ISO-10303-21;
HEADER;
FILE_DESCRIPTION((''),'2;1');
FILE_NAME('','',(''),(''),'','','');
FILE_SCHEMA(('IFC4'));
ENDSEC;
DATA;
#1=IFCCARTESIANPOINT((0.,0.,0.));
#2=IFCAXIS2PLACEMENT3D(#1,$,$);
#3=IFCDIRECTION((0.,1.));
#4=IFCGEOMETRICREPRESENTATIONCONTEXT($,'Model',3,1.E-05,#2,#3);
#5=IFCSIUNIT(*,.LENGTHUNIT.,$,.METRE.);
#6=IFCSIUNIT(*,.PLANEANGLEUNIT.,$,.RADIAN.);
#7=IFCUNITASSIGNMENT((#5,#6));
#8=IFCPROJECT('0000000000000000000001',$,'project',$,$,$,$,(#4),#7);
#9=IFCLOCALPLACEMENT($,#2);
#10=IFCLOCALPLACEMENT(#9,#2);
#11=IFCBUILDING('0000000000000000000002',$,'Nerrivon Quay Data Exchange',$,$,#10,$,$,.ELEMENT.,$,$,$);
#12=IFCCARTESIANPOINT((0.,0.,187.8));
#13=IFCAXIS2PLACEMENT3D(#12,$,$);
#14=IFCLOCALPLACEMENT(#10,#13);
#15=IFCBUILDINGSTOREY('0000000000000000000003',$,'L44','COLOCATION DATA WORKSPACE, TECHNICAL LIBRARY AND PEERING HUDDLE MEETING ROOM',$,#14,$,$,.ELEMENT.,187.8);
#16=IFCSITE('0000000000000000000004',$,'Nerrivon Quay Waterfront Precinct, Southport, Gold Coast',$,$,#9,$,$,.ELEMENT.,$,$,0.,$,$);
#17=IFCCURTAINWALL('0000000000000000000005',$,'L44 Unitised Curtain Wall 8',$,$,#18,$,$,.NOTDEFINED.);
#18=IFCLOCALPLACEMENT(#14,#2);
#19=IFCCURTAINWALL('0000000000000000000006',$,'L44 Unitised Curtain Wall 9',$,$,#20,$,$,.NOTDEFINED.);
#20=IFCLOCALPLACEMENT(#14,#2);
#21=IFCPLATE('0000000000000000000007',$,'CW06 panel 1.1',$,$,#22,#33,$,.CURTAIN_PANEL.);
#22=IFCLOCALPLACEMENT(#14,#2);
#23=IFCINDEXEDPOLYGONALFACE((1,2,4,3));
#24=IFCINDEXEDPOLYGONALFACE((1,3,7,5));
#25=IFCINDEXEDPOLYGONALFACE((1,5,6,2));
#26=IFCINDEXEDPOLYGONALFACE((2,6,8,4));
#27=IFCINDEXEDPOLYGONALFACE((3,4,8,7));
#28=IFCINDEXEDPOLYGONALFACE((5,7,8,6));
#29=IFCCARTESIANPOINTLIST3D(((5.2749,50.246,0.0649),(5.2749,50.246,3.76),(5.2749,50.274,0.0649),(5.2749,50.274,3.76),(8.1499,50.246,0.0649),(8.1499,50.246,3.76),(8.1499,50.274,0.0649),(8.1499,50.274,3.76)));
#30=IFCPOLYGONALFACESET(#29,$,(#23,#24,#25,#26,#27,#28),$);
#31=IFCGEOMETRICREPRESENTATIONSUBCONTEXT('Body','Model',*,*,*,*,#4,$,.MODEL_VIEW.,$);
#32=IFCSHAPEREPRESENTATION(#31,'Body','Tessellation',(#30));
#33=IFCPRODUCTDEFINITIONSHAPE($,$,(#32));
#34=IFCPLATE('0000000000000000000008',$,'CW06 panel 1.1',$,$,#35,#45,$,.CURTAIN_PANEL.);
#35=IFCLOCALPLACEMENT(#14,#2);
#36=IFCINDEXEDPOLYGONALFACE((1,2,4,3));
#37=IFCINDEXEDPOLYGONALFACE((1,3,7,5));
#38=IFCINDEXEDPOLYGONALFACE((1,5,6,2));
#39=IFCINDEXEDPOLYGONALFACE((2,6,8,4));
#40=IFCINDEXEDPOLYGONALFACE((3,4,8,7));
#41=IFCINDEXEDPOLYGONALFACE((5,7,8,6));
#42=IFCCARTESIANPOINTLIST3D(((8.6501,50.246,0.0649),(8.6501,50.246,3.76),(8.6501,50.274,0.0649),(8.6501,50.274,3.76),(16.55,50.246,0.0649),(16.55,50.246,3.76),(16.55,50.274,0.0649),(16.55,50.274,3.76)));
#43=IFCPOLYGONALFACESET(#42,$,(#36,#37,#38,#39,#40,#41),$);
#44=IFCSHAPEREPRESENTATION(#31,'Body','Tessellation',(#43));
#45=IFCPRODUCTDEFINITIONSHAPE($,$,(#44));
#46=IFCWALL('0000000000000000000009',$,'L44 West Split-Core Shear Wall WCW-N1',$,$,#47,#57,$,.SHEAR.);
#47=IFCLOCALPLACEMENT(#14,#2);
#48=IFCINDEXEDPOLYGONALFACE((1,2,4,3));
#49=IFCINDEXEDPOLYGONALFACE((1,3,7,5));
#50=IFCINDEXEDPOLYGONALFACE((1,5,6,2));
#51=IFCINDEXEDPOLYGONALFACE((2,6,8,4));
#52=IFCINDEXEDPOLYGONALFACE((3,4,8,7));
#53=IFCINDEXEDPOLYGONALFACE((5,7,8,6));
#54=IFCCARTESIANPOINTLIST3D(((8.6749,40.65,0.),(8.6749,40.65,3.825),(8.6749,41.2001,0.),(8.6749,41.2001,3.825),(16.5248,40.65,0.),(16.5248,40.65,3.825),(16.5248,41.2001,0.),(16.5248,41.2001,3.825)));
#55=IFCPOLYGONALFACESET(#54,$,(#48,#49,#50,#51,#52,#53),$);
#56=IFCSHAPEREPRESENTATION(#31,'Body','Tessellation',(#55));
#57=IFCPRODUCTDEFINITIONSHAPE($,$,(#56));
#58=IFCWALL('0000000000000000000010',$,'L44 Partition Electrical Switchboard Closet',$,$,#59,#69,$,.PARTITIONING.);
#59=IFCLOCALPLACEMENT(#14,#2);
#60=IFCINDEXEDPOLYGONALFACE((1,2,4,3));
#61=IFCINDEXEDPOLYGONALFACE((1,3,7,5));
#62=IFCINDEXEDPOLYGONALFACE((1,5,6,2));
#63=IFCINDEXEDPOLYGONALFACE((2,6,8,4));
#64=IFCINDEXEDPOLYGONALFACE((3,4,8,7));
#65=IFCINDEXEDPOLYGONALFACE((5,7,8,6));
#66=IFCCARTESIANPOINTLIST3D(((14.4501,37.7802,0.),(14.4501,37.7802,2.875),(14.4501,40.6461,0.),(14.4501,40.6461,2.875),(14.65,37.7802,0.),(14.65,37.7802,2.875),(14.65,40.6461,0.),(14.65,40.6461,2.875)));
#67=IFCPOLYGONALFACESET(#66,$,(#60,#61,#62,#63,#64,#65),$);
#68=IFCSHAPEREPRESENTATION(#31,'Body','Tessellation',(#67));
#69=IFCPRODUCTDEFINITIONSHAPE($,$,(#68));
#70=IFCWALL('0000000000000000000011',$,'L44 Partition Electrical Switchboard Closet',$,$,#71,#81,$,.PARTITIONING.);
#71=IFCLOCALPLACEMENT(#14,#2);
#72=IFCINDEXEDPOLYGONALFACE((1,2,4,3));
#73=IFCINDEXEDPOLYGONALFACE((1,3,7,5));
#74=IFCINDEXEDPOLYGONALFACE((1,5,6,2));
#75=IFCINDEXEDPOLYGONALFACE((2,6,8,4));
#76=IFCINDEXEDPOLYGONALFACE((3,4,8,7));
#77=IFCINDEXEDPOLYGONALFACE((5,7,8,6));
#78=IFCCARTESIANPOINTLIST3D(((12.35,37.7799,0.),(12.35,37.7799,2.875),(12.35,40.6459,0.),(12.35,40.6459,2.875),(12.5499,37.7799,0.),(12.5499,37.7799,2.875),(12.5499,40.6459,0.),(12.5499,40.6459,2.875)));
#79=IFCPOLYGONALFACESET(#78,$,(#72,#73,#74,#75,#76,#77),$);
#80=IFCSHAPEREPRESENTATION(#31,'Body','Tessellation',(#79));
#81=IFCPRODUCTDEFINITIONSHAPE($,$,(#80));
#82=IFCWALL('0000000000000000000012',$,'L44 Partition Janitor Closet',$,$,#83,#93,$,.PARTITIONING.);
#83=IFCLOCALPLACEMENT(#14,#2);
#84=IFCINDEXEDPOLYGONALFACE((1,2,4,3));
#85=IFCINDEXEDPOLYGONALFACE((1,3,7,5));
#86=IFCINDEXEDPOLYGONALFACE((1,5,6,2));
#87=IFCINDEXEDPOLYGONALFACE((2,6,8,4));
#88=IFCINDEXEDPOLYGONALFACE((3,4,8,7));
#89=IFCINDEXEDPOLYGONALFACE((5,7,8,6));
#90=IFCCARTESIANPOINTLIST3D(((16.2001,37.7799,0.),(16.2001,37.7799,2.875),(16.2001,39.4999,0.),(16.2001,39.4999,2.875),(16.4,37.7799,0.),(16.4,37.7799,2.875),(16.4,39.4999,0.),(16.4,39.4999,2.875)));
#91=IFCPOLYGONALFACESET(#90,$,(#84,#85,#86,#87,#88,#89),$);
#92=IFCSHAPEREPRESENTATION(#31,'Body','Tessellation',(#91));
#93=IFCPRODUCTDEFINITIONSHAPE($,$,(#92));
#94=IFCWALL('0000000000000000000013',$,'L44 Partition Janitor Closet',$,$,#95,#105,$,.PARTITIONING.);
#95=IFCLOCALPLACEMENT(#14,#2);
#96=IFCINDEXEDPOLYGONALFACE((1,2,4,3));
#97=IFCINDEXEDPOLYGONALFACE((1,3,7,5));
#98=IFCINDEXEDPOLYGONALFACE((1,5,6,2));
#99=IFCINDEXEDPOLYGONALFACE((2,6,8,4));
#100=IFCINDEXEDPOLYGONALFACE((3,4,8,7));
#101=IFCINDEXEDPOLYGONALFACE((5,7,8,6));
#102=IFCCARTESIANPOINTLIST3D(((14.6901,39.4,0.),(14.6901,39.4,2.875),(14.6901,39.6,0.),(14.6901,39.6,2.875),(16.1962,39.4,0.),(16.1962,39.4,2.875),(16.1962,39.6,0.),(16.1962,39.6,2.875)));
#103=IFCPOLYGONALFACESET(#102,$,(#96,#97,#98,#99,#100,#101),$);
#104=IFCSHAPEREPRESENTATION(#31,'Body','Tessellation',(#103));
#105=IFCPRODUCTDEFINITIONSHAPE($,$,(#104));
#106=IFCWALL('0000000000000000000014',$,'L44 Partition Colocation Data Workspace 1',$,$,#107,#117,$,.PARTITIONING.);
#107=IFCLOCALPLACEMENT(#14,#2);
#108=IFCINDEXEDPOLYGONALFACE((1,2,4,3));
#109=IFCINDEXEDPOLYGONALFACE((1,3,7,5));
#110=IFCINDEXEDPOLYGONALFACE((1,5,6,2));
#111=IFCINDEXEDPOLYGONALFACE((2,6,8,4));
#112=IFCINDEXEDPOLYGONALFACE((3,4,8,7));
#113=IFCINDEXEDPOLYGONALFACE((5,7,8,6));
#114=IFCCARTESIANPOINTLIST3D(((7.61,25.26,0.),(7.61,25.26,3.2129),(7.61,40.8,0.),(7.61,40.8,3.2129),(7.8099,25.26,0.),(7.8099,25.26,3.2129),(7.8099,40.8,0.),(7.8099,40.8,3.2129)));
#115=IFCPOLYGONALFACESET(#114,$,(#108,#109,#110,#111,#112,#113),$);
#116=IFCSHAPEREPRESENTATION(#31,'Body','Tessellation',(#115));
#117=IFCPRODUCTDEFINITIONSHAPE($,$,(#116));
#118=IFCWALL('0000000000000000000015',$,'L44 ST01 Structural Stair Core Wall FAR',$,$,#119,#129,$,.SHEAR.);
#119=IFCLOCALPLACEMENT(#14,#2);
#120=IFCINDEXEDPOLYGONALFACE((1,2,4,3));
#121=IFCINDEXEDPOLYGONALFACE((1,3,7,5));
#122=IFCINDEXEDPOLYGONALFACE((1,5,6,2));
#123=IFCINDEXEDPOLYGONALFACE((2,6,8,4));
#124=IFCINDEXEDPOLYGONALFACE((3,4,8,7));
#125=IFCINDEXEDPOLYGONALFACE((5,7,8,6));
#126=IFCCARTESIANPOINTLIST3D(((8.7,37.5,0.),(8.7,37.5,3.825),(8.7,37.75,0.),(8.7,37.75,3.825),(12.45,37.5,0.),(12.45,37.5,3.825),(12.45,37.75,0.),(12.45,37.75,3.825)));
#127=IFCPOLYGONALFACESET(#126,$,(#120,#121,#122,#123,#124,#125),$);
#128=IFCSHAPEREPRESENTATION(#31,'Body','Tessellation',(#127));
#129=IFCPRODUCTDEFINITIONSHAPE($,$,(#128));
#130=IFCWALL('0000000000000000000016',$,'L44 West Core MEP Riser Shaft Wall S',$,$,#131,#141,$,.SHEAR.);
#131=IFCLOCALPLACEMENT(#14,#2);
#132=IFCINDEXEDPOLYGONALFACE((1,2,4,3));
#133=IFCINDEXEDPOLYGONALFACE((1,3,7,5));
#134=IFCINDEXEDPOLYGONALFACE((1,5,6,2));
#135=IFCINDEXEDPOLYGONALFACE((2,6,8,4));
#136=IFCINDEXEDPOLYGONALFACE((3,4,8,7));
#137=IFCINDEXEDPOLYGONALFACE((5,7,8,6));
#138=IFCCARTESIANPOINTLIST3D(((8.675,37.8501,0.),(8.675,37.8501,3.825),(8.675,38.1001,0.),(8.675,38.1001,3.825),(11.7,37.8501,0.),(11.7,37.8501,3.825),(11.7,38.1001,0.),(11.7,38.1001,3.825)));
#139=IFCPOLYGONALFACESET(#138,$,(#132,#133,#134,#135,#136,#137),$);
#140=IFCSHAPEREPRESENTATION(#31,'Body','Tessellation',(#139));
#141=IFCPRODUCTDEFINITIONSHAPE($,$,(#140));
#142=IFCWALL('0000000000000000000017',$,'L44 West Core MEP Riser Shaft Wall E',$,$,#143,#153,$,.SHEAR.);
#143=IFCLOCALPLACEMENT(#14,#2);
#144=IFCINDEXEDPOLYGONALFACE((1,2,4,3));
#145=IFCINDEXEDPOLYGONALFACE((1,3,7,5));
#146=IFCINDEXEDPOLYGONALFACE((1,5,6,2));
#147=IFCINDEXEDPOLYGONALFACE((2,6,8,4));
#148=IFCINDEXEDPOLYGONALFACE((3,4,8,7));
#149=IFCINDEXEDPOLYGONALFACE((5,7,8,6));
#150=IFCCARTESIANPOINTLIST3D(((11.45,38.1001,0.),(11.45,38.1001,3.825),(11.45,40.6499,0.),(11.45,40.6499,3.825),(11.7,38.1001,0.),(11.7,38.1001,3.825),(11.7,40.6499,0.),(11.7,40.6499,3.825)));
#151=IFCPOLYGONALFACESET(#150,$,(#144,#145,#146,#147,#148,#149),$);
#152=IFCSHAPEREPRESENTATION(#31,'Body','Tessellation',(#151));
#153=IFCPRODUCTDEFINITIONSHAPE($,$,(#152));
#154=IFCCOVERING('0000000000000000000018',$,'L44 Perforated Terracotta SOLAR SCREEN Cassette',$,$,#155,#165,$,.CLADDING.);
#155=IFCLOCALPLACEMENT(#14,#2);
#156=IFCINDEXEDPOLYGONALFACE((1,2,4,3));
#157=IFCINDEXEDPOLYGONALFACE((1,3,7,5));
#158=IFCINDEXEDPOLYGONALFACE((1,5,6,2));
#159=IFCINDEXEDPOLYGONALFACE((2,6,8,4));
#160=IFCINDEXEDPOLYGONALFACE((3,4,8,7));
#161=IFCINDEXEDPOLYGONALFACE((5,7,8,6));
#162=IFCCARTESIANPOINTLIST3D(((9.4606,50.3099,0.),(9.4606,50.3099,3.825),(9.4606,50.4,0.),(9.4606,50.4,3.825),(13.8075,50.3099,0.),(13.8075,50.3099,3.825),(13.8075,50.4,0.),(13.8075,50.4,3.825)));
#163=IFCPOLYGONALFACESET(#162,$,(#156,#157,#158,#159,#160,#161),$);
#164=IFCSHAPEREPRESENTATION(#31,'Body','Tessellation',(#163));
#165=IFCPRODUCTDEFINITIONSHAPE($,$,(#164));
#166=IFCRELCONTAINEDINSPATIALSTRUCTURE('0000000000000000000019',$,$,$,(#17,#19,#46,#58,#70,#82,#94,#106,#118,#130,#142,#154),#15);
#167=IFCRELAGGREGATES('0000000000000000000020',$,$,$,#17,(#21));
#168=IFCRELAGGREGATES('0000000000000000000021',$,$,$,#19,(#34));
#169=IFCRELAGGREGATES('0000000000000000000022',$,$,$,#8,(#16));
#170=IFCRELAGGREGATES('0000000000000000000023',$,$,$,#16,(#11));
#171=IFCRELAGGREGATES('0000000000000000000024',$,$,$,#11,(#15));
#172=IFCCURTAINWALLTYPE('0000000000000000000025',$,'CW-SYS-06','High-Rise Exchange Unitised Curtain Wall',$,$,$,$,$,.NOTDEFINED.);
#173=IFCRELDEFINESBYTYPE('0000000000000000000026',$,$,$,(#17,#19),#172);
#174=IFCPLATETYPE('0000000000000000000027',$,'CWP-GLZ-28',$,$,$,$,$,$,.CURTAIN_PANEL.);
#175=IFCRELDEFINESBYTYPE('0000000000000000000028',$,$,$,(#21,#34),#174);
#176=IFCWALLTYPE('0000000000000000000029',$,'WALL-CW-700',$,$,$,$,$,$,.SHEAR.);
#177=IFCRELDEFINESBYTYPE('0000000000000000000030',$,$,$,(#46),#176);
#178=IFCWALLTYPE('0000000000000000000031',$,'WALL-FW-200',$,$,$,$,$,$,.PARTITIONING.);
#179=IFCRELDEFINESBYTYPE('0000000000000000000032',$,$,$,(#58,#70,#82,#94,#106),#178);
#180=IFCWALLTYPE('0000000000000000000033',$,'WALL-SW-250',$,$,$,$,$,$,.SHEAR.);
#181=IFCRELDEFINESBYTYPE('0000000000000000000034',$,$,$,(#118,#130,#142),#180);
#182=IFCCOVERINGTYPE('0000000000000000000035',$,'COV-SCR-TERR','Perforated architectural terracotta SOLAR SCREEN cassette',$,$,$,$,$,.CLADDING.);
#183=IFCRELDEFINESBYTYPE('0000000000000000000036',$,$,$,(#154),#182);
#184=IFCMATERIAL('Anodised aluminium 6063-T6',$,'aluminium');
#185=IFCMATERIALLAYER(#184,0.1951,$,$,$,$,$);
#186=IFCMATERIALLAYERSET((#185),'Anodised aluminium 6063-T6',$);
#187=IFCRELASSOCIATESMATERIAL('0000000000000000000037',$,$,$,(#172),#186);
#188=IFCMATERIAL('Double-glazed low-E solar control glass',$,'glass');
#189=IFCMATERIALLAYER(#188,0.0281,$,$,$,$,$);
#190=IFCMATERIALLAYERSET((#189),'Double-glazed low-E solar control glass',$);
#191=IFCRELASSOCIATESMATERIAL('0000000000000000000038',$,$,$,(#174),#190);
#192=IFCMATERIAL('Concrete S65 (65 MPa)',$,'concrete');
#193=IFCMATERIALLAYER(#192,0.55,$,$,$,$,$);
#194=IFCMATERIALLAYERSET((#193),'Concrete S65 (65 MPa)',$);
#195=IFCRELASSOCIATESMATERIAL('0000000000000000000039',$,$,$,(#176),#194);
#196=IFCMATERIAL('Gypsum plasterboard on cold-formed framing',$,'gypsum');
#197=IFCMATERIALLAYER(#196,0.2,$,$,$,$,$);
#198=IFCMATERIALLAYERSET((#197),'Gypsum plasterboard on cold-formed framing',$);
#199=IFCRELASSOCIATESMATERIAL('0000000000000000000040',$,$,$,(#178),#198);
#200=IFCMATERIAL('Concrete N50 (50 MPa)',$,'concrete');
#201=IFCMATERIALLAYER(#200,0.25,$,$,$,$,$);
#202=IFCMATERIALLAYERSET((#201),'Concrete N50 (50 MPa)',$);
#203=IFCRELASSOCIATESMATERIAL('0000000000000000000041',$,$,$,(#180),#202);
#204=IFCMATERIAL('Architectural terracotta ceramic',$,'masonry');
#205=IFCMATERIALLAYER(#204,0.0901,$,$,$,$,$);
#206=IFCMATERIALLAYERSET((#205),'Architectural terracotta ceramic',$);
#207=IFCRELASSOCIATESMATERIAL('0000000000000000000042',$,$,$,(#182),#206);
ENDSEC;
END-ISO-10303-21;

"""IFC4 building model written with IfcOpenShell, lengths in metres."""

from ifc_helpers import new_model, si_unit, direction, frame, frame_2d, origin, origin_2d, place, context, subcontext, project, spatial, rectangle, extrude, material, layer, layer_set, type_object, element, aggregate, save


model = new_model("IFC4")

# Units and contexts
model_context = context("Model", 3, precision=1e-05, world=origin(), true_north=direction((0.0, 1.0)))
body_context = subcontext(model_context, "Body", "Model", "MODEL_VIEW")
ifc_project = project(units=[si_unit("LENGTHUNIT", "METRE"), si_unit("PLANEANGLEUNIT", "RADIAN")], contexts=[model_context])

# Site, building, storey
site_placement = place(None, origin())
site = spatial("IfcSite", under=ifc_project, at=site_placement, Name="Nerrivon Quay Waterfront Precinct, Southport, Gold Coast", CompositionType="ELEMENT", RefElevation=0.0)
building_placement = place(site_placement, origin())
building = spatial("IfcBuilding", under=site, at=building_placement, Name="Nerrivon Quay Data Exchange", CompositionType="ELEMENT")
storey_placement = place(building_placement, frame((0.0, 0.0, 187.8)))
storey = spatial("IfcBuildingStorey", under=building, at=storey_placement, Name="L44", Description="COLOCATION DATA WORKSPACE, TECHNICAL LIBRARY AND PEERING HUDDLE MEETING ROOM", CompositionType="ELEMENT", Elevation=187.8)

# Shared definitions
ifc_material_1 = material(Name="Concrete S65 (65 MPa)", Category="concrete")

# Shared definitions
ifc_material_2 = material(Name="Concrete N50 (50 MPa)", Category="concrete")

# Curtain wall
ifc_material_3 = material(Name="Anodised aluminium 6063-T6", Category="aluminium")
ifc_layer_1 = layer(ifc_material_3, 0.1951)
ifc_layer_set_1 = layer_set([ifc_layer_1], Name="Anodised aluminium 6063-T6")
curtain_wall_type = type_object("IfcCurtainWallType", Name="CW-SYS-06", Description="High-Rise Exchange Unitised Curtain Wall", PredefinedType="NOTDEFINED", material=ifc_layer_set_1)
curtain_wall_1_placement = place(storey_placement, origin())
curtain_wall_1 = element("IfcCurtainWall", 1, at=curtain_wall_1_placement, inside=storey, type_object=curtain_wall_type, Name="L44 Unitised Curtain Wall 8", PredefinedType="NOTDEFINED")

# Curtain wall
curtain_wall_2_placement = place(storey_placement, origin())
curtain_wall_2 = element("IfcCurtainWall", 2, at=curtain_wall_2_placement, inside=storey, type_object=curtain_wall_type, Name="L44 Unitised Curtain Wall 9", PredefinedType="NOTDEFINED")

# Plates
ifc_material_4 = material(Name="Double-glazed low-E solar control glass", Category="glass")
ifc_layer_2 = layer(ifc_material_4, 0.0281)
ifc_layer_set_2 = layer_set([ifc_layer_2], Name="Double-glazed low-E solar control glass")
plate_type = type_object("IfcPlateType", Name="CWP-GLZ-28", PredefinedType="CURTAIN_PANEL", material=ifc_layer_set_2)
plate_1_placement = place(storey_placement, frame((6.7124, 50.26, 0.0649), z_axis=(0.0, 0.0, 1.0), x_axis=(1.0, 0.0, 0.0)))
plate_1 = element("IfcPlate", 3, at=plate_1_placement, type_object=plate_type, Name="CW06 panel 1.1", PredefinedType="CURTAIN_PANEL", context=body_context, shape_type="SweptSolid", body=[
    extrude(rectangle(XDim=2.875, YDim=0.0281, at=origin_2d()), origin(), (0.0, 0.0, 1.0), 3.6951),
])
aggregate(curtain_wall_1, [plate_1])
plate_2_placement = place(storey_placement, frame((12.6001, 50.26, 0.0649), z_axis=(0.0, 0.0, 1.0), x_axis=(1.0, 0.0, 0.0)))
plate_2 = element("IfcPlate", 4, at=plate_2_placement, type_object=plate_type, Name="CW06 panel 1.1", PredefinedType="CURTAIN_PANEL", context=body_context, shape_type="SweptSolid", body=[
    extrude(rectangle(XDim=7.8999, YDim=0.0281, at=origin_2d()), origin(), (0.0, 0.0, 1.0), 3.6951),
])
aggregate(curtain_wall_2, [plate_2])

# Walls
ifc_layer_3 = layer(ifc_material_1, 0.55)
ifc_layer_set_3 = layer_set([ifc_layer_3], Name="Concrete S65 (65 MPa)")
wall_type_1 = type_object("IfcWallType", Name="WALL-CW-700", PredefinedType="SHEAR", material=ifc_layer_set_3)
wall_1_placement = place(storey_placement, frame((8.675, 40.925, 0.0), z_axis=(0.0, 0.0, 1.0), x_axis=(1.0, 0.0, 0.0)))
element("IfcWall", 5, at=wall_1_placement, inside=storey, type_object=wall_type_1, Name="L44 West Split-Core Shear Wall WCW-N1", PredefinedType="SHEAR", context=body_context, shape_type="SweptSolid", body=[
    extrude(rectangle(XDim=7.8499, YDim=0.55, at=frame_2d((3.9248, 0.0))), origin(), (0.0, 0.0, 1.0), 3.825),
])
ifc_material_5 = material(Name="Gypsum plasterboard on cold-formed framing", Category="gypsum")
ifc_layer_4 = layer(ifc_material_5, 0.2)
ifc_layer_set_4 = layer_set([ifc_layer_4], Name="Gypsum plasterboard on cold-formed framing")
wall_type_2 = type_object("IfcWallType", Name="WALL-FW-200", PredefinedType="PARTITIONING", material=ifc_layer_set_4)
for number, where, z_axis, x_axis, name in (
    (6, (14.55, 37.78, 0.0), (0.0, 0.0, 1.0), (0.0, 1.0, 0.0), "L44 Partition Electrical Switchboard Closet"),
    (7, (12.45, 40.646, 0.0), (0.0, 0.0, 1.0), (0.0, -1.0, 0.0), "L44 Partition Electrical Switchboard Closet"),
):
    element("IfcWall", number, at=place(storey_placement, frame(where, z_axis=z_axis, x_axis=x_axis)), inside=storey, type_object=wall_type_2, Name=name, PredefinedType="PARTITIONING", context=body_context, shape_type="SweptSolid", body=[
        extrude(rectangle(XDim=2.866, YDim=0.2, at=frame_2d((1.4331, 0.0))), origin(), (0.0, 0.0, 1.0), 2.875),
    ])
wall_2_placement = place(storey_placement, frame((16.3, 37.78, 0.0), z_axis=(0.0, 0.0, 1.0), x_axis=(0.0, 1.0, 0.0)))
element("IfcWall", 8, at=wall_2_placement, inside=storey, type_object=wall_type_2, Name="L44 Partition Janitor Closet", PredefinedType="PARTITIONING", context=body_context, shape_type="SweptSolid", body=[
    extrude(rectangle(XDim=1.72, YDim=0.2, at=frame_2d((0.8599, 0.0))), origin(), (0.0, 0.0, 1.0), 2.875),
])
wall_3_placement = place(storey_placement, frame((16.196, 39.5, 0.0), z_axis=(0.0, 0.0, 1.0), x_axis=(-1.0, 0.0, 0.0)))
element("IfcWall", 9, at=wall_3_placement, inside=storey, type_object=wall_type_2, Name="L44 Partition Janitor Closet", PredefinedType="PARTITIONING", context=body_context, shape_type="SweptSolid", body=[
    extrude(rectangle(XDim=1.5061, YDim=0.2, at=frame_2d((0.7529, 0.0))), origin(), (0.0, 0.0, 1.0), 2.875),
])
wall_4_placement = place(storey_placement, frame((7.71, 40.8, 0.0), z_axis=(0.0, 0.0, 1.0), x_axis=(0.0, -1.0, 0.0)))
element("IfcWall", 10, at=wall_4_placement, inside=storey, type_object=wall_type_2, Name="L44 Partition Colocation Data Workspace 1", PredefinedType="PARTITIONING", context=body_context, shape_type="SweptSolid", body=[
    extrude(rectangle(XDim=15.54, YDim=0.2, at=frame_2d((7.77, 0.0))), origin(), (0.0, 0.0, 1.0), 3.2129),
])
ifc_layer_5 = layer(ifc_material_2, 0.25)
ifc_layer_set_5 = layer_set([ifc_layer_5], Name="Concrete N50 (50 MPa)")
wall_type_3 = type_object("IfcWallType", Name="WALL-SW-250", PredefinedType="SHEAR", material=ifc_layer_set_5)
wall_5_placement = place(storey_placement, frame((12.45, 37.625, 0.0), z_axis=(0.0, 0.0, 1.0), x_axis=(-1.0, 0.0, 0.0)))
element("IfcWall", 11, at=wall_5_placement, inside=storey, type_object=wall_type_3, Name="L44 ST01 Structural Stair Core Wall FAR", PredefinedType="SHEAR", context=body_context, shape_type="SweptSolid", body=[
    extrude(rectangle(XDim=3.75, YDim=0.25, at=frame_2d((1.875, 0.0))), origin(), (0.0, 0.0, 1.0), 3.825),
])
wall_6_placement = place(storey_placement, frame((8.675, 37.9751, 0.0), z_axis=(0.0, 0.0, 1.0), x_axis=(1.0, 0.0, 0.0)))
element("IfcWall", 12, at=wall_6_placement, inside=storey, type_object=wall_type_3, Name="L44 West Core MEP Riser Shaft Wall S", PredefinedType="SHEAR", context=body_context, shape_type="SweptSolid", body=[
    extrude(rectangle(XDim=3.0249, YDim=0.25, at=frame_2d((1.5125, 0.0))), origin(), (0.0, 0.0, 1.0), 3.825),
])
wall_7_placement = place(storey_placement, frame((11.575, 38.1001, 0.0), z_axis=(0.0, 0.0, 1.0), x_axis=(0.0, 1.0, 0.0)))
element("IfcWall", 13, at=wall_7_placement, inside=storey, type_object=wall_type_3, Name="L44 West Core MEP Riser Shaft Wall E", PredefinedType="SHEAR", context=body_context, shape_type="SweptSolid", body=[
    extrude(rectangle(XDim=2.5498, YDim=0.25, at=frame_2d((1.2749, 0.0))), origin(), (0.0, 0.0, 1.0), 3.825),
])

# Covering
ifc_material_6 = material(Name="Architectural terracotta ceramic", Category="masonry")
ifc_layer_6 = layer(ifc_material_6, 0.0901)
ifc_layer_set_6 = layer_set([ifc_layer_6], Name="Architectural terracotta ceramic")
covering_type = type_object("IfcCoveringType", Name="COV-SCR-TERR", Description="Perforated architectural terracotta SOLAR SCREEN cassette", PredefinedType="CLADDING", material=ifc_layer_set_6)
covering_placement = place(storey_placement, frame((11.634, 50.355, 0.0), z_axis=(0.0, 0.0, 1.0), x_axis=(1.0, 0.0, 0.0)))
element("IfcCovering", 14, at=covering_placement, inside=storey, type_object=covering_type, Name="L44 Perforated Terracotta SOLAR SCREEN Cassette", PredefinedType="CLADDING", context=body_context, shape_type="SweptSolid", body=[
    extrude(rectangle(XDim=4.3469, YDim=0.0901, at=origin_2d()), origin(), (0.0, 0.0, 1.0), 3.825),
])

save(model, "model.ifc")
